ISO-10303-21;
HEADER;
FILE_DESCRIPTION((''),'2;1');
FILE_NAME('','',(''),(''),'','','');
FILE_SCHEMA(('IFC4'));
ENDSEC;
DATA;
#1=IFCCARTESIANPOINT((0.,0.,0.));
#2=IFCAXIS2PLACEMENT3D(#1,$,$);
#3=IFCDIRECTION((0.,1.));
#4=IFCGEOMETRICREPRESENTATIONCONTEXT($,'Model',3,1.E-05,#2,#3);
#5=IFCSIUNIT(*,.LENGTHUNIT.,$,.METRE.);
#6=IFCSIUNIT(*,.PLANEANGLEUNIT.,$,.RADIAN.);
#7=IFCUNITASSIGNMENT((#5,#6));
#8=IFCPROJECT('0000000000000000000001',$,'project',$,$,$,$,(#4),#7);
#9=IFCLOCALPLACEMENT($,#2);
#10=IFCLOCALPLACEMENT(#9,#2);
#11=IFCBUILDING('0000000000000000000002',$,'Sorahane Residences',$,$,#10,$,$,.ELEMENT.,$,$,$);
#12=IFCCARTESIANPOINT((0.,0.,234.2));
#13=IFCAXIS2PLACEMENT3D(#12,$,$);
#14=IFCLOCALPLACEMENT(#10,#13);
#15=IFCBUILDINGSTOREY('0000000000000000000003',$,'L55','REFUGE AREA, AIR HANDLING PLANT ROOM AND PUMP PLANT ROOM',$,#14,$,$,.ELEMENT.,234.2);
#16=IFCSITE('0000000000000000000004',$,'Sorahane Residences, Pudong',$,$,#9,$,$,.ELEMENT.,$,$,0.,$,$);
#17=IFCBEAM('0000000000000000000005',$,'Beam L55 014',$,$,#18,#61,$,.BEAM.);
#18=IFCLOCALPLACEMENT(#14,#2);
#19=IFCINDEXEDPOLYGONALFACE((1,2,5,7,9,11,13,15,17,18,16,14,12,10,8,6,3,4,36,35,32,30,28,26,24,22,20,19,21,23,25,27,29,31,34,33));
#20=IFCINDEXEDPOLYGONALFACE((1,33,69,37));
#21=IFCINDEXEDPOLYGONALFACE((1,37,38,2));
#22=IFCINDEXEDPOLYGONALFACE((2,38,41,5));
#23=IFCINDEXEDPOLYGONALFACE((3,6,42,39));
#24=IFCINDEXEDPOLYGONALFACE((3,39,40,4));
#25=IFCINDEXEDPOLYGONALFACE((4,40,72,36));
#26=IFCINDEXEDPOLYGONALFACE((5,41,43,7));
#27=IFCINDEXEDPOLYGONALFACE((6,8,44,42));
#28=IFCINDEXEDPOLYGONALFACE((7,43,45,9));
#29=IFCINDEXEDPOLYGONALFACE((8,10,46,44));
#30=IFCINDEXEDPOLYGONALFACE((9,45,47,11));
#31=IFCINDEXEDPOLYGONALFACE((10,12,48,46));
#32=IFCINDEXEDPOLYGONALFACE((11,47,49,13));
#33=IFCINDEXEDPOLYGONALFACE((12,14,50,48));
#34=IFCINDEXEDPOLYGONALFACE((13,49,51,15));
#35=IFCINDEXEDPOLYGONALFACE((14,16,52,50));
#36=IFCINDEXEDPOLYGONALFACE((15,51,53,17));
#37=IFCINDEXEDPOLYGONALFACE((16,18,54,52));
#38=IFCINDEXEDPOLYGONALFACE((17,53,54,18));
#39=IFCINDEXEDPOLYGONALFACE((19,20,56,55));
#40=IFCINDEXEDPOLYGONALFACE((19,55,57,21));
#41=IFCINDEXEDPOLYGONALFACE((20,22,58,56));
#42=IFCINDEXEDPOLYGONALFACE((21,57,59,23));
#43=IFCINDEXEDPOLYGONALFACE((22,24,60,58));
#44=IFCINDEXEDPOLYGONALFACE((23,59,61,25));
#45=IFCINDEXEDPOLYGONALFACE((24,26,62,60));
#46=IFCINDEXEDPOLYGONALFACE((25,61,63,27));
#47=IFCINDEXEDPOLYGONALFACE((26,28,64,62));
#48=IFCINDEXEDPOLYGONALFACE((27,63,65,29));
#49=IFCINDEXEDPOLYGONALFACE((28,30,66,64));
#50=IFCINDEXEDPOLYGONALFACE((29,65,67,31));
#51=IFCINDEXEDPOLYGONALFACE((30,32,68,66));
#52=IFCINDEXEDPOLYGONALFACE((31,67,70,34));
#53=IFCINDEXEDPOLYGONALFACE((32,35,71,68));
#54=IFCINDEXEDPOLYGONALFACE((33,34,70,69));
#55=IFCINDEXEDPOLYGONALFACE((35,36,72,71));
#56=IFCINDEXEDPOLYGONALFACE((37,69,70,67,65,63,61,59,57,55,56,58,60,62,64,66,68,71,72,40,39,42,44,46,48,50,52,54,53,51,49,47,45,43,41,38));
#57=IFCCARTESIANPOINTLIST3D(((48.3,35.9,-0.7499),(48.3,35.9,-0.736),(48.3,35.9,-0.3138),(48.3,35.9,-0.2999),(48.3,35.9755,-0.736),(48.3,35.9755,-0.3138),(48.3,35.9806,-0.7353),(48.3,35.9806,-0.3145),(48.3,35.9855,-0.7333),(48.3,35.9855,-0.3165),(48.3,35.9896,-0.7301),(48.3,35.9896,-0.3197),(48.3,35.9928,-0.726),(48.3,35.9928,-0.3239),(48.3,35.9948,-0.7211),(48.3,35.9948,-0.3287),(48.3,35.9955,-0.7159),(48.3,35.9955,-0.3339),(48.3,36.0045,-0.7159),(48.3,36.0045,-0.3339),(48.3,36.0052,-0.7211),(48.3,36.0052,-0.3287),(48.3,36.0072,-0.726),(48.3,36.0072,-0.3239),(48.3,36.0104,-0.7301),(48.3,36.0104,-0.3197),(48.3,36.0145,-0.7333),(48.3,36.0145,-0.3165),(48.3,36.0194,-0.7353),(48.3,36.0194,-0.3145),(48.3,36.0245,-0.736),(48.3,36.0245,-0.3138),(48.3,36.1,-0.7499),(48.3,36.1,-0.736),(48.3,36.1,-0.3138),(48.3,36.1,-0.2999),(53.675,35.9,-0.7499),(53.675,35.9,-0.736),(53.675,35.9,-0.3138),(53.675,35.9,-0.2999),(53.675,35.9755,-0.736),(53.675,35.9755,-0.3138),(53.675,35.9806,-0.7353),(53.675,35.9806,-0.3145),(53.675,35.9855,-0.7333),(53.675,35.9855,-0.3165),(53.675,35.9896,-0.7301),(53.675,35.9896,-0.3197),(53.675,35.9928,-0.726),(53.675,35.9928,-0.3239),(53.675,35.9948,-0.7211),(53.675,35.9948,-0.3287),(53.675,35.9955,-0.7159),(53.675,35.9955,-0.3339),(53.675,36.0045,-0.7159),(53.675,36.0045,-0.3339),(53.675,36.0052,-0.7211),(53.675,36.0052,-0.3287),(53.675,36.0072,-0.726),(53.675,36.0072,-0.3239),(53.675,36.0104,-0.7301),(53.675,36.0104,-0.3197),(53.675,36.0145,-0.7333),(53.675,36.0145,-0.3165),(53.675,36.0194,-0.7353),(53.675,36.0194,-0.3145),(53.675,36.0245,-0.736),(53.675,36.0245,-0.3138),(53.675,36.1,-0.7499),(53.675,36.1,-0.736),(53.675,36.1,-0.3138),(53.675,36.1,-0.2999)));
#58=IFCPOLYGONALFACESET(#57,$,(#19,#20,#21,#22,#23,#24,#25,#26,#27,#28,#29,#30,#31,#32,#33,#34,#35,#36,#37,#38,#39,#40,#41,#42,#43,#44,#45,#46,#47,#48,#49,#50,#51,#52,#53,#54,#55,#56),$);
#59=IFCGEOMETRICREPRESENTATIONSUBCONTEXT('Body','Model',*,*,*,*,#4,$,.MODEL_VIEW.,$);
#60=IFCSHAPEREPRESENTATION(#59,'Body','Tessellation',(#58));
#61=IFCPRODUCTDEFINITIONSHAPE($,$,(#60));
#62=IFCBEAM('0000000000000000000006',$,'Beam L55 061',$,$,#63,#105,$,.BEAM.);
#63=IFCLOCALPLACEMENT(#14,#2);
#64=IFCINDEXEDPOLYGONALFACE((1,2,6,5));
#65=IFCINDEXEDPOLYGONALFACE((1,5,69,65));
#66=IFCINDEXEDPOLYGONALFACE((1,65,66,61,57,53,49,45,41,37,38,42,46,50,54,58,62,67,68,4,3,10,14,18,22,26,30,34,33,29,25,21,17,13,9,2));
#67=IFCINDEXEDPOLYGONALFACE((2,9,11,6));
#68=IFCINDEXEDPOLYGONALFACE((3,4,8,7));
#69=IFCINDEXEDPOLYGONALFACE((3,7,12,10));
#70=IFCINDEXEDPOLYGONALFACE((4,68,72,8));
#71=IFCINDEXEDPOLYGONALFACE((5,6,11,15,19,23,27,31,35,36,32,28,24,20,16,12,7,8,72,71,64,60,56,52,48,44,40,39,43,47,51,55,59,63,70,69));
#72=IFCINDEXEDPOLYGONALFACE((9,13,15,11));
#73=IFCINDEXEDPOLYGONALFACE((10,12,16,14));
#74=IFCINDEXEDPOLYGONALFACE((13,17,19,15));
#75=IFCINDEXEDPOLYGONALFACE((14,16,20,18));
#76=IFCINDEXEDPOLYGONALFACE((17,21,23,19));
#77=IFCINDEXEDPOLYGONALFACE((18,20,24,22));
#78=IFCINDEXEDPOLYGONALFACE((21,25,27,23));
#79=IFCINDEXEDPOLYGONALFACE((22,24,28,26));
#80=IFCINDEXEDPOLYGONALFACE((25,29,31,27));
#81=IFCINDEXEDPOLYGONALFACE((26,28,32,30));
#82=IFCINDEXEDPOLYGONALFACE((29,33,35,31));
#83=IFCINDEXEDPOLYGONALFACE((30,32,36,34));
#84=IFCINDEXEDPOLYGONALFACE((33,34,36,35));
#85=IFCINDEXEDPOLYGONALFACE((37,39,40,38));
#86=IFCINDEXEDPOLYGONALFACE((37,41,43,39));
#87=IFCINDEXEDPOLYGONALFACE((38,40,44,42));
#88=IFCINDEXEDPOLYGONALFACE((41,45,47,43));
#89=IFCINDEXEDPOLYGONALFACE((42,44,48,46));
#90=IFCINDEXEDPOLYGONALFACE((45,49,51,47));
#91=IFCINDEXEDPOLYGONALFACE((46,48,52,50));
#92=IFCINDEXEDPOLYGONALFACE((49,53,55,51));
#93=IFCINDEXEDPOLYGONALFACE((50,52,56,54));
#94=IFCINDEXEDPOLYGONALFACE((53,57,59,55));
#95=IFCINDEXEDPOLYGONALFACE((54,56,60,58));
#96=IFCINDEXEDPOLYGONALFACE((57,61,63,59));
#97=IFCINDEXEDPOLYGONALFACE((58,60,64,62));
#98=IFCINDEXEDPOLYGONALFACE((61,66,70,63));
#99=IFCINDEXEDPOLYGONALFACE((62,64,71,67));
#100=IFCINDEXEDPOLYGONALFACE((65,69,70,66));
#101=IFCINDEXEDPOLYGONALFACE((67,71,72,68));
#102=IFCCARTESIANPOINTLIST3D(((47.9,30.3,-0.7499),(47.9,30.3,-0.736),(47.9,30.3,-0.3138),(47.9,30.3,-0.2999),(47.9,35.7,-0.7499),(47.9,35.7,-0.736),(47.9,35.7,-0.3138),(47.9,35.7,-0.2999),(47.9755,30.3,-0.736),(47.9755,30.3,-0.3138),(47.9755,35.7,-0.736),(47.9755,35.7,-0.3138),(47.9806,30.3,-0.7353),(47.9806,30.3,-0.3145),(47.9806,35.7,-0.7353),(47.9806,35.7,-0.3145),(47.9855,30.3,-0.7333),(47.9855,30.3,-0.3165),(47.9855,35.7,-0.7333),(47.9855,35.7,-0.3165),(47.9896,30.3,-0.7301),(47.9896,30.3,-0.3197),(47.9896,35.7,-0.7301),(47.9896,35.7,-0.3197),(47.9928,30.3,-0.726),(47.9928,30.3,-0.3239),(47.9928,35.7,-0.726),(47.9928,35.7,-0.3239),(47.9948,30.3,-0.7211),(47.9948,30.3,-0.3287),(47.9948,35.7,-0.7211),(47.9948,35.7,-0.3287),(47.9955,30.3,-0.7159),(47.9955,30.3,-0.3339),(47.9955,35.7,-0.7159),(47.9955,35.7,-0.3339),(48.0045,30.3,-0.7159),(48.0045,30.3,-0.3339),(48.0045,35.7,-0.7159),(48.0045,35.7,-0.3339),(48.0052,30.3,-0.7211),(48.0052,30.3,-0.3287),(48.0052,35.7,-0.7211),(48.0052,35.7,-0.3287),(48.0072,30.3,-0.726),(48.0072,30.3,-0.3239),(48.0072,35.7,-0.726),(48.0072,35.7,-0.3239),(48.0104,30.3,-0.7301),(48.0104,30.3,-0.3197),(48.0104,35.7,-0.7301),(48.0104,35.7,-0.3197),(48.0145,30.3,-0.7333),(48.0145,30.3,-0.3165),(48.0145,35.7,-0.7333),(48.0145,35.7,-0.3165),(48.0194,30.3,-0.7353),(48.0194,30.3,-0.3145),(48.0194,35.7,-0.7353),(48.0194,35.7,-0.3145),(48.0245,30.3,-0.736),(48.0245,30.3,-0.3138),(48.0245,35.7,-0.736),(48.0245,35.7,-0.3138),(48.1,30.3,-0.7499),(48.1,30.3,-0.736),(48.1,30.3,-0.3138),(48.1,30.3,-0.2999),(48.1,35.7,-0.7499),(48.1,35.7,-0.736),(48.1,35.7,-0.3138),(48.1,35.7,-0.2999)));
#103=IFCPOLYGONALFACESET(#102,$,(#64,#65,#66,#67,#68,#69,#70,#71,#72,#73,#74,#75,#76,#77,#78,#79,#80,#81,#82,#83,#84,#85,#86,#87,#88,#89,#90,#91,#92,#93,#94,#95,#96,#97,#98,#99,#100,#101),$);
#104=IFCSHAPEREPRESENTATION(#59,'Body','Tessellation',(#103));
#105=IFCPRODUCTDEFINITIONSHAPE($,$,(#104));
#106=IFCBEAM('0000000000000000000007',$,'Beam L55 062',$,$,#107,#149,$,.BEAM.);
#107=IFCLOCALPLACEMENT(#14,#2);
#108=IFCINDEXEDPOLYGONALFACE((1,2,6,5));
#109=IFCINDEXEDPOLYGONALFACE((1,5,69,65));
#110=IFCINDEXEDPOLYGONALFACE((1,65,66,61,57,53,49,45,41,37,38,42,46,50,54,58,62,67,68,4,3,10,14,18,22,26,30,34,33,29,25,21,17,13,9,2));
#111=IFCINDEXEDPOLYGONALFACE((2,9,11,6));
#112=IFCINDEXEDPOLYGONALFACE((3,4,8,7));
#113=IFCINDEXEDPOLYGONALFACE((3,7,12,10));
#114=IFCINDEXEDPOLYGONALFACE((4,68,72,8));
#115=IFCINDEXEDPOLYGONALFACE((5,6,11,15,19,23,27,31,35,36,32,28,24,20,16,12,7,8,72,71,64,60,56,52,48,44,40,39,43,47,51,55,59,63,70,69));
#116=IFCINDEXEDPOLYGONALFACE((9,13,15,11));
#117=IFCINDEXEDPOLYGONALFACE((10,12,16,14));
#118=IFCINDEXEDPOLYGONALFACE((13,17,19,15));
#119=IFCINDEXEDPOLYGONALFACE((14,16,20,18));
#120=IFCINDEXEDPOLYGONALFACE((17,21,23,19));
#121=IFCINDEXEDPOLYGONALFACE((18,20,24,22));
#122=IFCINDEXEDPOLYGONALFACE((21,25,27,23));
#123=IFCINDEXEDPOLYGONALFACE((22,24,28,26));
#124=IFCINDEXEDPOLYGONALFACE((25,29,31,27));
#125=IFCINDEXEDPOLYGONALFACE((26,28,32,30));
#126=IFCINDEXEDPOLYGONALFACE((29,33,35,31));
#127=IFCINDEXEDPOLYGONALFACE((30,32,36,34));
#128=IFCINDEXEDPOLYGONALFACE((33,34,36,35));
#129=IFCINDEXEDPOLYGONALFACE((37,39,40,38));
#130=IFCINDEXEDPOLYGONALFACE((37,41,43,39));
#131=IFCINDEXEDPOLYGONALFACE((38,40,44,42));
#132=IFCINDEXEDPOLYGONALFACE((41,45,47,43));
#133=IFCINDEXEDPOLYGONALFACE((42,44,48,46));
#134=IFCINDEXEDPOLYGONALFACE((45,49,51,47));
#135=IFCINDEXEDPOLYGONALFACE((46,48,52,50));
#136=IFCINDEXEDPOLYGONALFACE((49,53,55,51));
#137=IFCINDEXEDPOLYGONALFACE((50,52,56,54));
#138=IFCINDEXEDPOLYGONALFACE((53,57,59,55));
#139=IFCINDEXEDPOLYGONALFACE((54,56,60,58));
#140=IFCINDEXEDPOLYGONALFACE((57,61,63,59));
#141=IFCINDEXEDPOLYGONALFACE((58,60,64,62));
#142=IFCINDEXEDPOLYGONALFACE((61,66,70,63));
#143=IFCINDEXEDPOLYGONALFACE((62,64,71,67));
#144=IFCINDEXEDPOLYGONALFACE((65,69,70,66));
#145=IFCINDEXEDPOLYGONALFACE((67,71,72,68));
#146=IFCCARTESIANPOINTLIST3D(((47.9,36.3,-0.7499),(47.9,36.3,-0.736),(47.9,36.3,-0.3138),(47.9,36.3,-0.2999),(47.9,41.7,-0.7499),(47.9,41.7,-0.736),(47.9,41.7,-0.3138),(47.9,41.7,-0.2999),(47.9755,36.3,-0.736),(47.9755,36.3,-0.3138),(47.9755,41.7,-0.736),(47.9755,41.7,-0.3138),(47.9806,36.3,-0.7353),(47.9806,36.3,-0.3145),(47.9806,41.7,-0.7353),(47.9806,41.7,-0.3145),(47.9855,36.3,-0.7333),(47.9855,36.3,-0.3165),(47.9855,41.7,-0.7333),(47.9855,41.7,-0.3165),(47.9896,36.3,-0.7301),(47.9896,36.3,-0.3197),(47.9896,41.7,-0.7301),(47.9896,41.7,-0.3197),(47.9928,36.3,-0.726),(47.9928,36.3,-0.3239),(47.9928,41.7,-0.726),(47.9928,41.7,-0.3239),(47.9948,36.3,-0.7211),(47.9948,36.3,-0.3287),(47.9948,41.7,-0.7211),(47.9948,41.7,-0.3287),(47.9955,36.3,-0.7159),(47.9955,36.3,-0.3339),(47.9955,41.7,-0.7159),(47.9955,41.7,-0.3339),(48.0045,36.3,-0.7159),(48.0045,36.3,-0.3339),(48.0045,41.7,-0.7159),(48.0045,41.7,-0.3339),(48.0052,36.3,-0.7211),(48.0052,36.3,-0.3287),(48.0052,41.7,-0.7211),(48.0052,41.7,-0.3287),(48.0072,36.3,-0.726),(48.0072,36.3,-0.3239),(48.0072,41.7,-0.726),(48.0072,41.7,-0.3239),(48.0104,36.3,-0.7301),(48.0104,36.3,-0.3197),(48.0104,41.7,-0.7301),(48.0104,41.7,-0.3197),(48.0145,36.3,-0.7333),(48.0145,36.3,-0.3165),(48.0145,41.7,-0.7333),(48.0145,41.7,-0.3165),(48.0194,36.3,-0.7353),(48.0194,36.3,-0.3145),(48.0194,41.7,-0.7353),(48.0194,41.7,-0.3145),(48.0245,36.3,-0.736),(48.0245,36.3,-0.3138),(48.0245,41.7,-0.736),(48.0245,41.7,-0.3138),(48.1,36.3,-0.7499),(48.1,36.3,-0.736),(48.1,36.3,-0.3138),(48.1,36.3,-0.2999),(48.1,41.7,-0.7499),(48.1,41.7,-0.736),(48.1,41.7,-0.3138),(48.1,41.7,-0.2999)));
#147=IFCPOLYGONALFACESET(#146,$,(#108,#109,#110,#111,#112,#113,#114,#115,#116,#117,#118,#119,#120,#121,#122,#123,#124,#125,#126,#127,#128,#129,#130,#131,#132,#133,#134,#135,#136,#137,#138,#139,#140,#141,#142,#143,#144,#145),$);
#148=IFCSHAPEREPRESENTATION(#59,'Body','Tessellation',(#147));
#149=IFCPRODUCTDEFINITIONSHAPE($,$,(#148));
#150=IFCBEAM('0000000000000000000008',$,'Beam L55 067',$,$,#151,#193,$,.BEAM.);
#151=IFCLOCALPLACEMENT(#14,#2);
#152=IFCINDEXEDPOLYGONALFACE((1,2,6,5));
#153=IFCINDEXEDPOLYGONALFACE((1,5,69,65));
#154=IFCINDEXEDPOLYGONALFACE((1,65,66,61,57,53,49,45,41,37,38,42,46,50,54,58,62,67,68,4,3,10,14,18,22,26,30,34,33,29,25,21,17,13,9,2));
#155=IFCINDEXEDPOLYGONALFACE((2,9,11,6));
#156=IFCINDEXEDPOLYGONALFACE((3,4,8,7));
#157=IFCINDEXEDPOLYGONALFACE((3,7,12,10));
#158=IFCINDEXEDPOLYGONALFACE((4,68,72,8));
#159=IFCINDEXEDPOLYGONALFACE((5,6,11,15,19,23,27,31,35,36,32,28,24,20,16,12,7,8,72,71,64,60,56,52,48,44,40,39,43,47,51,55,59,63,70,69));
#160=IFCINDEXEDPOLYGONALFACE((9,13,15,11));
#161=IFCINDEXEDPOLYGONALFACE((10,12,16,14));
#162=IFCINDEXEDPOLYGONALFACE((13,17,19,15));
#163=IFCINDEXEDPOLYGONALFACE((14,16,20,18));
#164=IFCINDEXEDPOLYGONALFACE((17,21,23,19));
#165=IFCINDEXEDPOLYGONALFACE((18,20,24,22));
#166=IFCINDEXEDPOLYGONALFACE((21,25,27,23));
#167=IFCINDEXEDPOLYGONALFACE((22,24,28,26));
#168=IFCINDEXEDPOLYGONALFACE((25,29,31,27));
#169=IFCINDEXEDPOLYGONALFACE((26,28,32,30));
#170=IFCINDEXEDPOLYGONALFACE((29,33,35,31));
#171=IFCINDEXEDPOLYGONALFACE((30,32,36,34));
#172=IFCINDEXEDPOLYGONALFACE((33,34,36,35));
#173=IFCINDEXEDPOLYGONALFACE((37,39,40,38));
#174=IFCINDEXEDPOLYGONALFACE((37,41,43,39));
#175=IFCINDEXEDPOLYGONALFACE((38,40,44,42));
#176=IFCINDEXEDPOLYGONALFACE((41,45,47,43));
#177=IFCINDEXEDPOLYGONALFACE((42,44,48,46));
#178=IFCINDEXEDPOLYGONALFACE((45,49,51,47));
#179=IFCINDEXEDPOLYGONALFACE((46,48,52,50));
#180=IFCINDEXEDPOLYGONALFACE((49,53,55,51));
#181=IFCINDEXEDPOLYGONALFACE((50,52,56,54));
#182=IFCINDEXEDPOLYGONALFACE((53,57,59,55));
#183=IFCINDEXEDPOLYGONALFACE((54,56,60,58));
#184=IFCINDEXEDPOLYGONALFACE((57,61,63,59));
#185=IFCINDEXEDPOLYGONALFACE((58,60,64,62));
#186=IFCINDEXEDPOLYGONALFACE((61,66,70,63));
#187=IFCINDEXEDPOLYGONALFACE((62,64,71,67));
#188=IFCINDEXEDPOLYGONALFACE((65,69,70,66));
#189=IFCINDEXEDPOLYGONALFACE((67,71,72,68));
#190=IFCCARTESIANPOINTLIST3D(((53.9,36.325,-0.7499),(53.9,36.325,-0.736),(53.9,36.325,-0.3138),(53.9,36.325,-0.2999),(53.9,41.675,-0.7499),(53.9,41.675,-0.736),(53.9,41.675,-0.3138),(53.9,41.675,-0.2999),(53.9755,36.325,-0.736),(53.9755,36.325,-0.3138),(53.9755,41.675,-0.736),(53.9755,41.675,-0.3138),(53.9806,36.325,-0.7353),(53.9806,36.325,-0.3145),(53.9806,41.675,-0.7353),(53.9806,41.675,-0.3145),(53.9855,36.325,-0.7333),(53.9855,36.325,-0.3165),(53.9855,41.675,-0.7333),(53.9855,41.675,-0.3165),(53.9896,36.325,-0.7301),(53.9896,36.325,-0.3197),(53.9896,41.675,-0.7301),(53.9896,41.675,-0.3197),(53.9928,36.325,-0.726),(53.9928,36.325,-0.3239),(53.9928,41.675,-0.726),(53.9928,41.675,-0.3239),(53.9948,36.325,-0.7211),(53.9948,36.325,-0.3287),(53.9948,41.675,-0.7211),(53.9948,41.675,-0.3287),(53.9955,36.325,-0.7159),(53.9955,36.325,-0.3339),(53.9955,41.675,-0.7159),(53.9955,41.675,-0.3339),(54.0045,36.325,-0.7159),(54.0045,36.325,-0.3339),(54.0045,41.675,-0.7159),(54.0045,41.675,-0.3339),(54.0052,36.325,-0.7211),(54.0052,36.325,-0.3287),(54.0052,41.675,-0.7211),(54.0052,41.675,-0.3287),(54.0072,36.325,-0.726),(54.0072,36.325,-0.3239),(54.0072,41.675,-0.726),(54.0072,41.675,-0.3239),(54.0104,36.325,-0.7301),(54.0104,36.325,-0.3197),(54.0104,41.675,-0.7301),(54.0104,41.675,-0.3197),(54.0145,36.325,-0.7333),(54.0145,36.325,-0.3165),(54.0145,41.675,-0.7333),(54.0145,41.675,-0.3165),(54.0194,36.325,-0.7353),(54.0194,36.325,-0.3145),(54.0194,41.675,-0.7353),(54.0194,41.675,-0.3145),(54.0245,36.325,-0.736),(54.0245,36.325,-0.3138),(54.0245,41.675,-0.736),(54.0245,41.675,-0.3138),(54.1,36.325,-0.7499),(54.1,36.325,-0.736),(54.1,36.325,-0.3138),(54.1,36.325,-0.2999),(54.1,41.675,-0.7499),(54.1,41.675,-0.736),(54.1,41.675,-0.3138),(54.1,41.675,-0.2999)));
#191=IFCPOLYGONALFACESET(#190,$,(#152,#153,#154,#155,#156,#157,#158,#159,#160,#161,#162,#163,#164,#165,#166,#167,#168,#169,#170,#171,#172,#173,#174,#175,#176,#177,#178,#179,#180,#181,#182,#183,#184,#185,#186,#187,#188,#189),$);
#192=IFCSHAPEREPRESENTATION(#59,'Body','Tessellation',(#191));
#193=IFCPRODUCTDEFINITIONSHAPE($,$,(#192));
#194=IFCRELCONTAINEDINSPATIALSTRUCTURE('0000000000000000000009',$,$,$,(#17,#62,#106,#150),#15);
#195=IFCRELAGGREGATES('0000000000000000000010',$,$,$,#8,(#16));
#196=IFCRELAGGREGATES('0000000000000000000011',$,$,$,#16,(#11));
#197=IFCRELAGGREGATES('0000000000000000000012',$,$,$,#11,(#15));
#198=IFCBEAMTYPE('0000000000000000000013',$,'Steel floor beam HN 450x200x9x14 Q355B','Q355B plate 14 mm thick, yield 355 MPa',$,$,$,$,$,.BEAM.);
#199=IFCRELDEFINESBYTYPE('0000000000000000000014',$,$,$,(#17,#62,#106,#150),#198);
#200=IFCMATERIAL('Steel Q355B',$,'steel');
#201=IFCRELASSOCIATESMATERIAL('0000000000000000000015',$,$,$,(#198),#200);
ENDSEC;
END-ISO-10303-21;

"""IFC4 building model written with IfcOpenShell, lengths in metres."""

from ifc_helpers import new_model, si_unit, direction, frame, origin, origin_2d, place, context, subcontext, project, spatial, i_section, extrude, material, material_profile, profile_set, type_object, element, save


model = new_model("IFC4")

# Units and contexts
model_context = context("Model", 3, precision=1e-05, world=origin(), true_north=direction((0.0, 1.0)))
body_context = subcontext(model_context, "Body", "Model", "MODEL_VIEW")
ifc_project = project(units=[si_unit("LENGTHUNIT", "METRE"), si_unit("PLANEANGLEUNIT", "RADIAN")], contexts=[model_context])

# Site, building, storey
site_placement = place(None, origin())
site = spatial("IfcSite", under=ifc_project, at=site_placement, Name="Sorahane Residences, Pudong", CompositionType="ELEMENT", RefElevation=0.0)
building_placement = place(site_placement, origin())
building = spatial("IfcBuilding", under=site, at=building_placement, Name="Sorahane Residences", CompositionType="ELEMENT")
storey_placement = place(building_placement, frame((0.0, 0.0, 234.2)))
storey = spatial("IfcBuildingStorey", under=building, at=storey_placement, Name="L55", Description="REFUGE AREA, AIR HANDLING PLANT ROOM AND PUMP PLANT ROOM", CompositionType="ELEMENT", Elevation=234.2)

# Beams
ifc_material_1 = material(Name="Steel Q355B", Category="steel")
ifc_material_profile_1 = material_profile(ifc_material_1, i_section(OverallWidth=0.2, OverallDepth=0.45, WebThickness=0.009, FlangeThickness=0.0139, FilletRadius=0.02, at=origin_2d()), Name="HN 450x200x9x14")
ifc_profile_set_1 = profile_set([ifc_material_profile_1], Name="Steel Q355B")
beam_type_1 = type_object("IfcBeamType", Name="Steel floor beam HN 450x200x9x14 Q355B", Description="Q355B plate 14 mm thick, yield 355 MPa", PredefinedType="BEAM", material=ifc_profile_set_1)
beam_1_placement = place(storey_placement, frame((48.3, 36.0, -0.5249), z_axis=(1.0, 0.0, 0.0), x_axis=(0.0, 1.0, 0.0)))
element("IfcBeam", 1, at=beam_1_placement, inside=storey, type_object=beam_type_1, Name="Beam L55 014", PredefinedType="BEAM", context=body_context, shape_type="SweptSolid", body=[
    extrude(i_section(OverallWidth=0.2, OverallDepth=0.45, WebThickness=0.009, FlangeThickness=0.0139, FilletRadius=0.02, at=origin_2d()), origin(), (0.0, 0.0, 1.0), 5.375),
])
for number, where, z_axis, x_axis, name in (
    (2, (48.0, 30.3, -0.5249), (0.0, 1.0, 0.0), (-1.0, 0.0, 0.0), "Beam L55 061"),
    (3, (48.0, 36.3, -0.5249), (0.0, 1.0, 0.0), (-1.0, 0.0, 0.0), "Beam L55 062"),
):
    element("IfcBeam", number, at=place(storey_placement, frame(where, z_axis=z_axis, x_axis=x_axis)), inside=storey, type_object=beam_type_1, Name=name, PredefinedType="BEAM", context=body_context, shape_type="SweptSolid", body=[
        extrude(i_section(OverallWidth=0.2, OverallDepth=0.45, WebThickness=0.009, FlangeThickness=0.0139, FilletRadius=0.02, at=origin_2d()), origin(), (0.0, 0.0, 1.0), 5.3999),
    ])
beam_2_placement = place(storey_placement, frame((54.0, 36.325, -0.5249), z_axis=(0.0, 1.0, 0.0), x_axis=(-1.0, 0.0, 0.0)))
element("IfcBeam", 4, at=beam_2_placement, inside=storey, type_object=beam_type_1, Name="Beam L55 067", PredefinedType="BEAM", context=body_context, shape_type="SweptSolid", body=[
    extrude(i_section(OverallWidth=0.2, OverallDepth=0.45, WebThickness=0.009, FlangeThickness=0.0139, FilletRadius=0.02, at=origin_2d()), origin(), (0.0, 0.0, 1.0), 5.3501),
])

save(model, "model.ifc")
